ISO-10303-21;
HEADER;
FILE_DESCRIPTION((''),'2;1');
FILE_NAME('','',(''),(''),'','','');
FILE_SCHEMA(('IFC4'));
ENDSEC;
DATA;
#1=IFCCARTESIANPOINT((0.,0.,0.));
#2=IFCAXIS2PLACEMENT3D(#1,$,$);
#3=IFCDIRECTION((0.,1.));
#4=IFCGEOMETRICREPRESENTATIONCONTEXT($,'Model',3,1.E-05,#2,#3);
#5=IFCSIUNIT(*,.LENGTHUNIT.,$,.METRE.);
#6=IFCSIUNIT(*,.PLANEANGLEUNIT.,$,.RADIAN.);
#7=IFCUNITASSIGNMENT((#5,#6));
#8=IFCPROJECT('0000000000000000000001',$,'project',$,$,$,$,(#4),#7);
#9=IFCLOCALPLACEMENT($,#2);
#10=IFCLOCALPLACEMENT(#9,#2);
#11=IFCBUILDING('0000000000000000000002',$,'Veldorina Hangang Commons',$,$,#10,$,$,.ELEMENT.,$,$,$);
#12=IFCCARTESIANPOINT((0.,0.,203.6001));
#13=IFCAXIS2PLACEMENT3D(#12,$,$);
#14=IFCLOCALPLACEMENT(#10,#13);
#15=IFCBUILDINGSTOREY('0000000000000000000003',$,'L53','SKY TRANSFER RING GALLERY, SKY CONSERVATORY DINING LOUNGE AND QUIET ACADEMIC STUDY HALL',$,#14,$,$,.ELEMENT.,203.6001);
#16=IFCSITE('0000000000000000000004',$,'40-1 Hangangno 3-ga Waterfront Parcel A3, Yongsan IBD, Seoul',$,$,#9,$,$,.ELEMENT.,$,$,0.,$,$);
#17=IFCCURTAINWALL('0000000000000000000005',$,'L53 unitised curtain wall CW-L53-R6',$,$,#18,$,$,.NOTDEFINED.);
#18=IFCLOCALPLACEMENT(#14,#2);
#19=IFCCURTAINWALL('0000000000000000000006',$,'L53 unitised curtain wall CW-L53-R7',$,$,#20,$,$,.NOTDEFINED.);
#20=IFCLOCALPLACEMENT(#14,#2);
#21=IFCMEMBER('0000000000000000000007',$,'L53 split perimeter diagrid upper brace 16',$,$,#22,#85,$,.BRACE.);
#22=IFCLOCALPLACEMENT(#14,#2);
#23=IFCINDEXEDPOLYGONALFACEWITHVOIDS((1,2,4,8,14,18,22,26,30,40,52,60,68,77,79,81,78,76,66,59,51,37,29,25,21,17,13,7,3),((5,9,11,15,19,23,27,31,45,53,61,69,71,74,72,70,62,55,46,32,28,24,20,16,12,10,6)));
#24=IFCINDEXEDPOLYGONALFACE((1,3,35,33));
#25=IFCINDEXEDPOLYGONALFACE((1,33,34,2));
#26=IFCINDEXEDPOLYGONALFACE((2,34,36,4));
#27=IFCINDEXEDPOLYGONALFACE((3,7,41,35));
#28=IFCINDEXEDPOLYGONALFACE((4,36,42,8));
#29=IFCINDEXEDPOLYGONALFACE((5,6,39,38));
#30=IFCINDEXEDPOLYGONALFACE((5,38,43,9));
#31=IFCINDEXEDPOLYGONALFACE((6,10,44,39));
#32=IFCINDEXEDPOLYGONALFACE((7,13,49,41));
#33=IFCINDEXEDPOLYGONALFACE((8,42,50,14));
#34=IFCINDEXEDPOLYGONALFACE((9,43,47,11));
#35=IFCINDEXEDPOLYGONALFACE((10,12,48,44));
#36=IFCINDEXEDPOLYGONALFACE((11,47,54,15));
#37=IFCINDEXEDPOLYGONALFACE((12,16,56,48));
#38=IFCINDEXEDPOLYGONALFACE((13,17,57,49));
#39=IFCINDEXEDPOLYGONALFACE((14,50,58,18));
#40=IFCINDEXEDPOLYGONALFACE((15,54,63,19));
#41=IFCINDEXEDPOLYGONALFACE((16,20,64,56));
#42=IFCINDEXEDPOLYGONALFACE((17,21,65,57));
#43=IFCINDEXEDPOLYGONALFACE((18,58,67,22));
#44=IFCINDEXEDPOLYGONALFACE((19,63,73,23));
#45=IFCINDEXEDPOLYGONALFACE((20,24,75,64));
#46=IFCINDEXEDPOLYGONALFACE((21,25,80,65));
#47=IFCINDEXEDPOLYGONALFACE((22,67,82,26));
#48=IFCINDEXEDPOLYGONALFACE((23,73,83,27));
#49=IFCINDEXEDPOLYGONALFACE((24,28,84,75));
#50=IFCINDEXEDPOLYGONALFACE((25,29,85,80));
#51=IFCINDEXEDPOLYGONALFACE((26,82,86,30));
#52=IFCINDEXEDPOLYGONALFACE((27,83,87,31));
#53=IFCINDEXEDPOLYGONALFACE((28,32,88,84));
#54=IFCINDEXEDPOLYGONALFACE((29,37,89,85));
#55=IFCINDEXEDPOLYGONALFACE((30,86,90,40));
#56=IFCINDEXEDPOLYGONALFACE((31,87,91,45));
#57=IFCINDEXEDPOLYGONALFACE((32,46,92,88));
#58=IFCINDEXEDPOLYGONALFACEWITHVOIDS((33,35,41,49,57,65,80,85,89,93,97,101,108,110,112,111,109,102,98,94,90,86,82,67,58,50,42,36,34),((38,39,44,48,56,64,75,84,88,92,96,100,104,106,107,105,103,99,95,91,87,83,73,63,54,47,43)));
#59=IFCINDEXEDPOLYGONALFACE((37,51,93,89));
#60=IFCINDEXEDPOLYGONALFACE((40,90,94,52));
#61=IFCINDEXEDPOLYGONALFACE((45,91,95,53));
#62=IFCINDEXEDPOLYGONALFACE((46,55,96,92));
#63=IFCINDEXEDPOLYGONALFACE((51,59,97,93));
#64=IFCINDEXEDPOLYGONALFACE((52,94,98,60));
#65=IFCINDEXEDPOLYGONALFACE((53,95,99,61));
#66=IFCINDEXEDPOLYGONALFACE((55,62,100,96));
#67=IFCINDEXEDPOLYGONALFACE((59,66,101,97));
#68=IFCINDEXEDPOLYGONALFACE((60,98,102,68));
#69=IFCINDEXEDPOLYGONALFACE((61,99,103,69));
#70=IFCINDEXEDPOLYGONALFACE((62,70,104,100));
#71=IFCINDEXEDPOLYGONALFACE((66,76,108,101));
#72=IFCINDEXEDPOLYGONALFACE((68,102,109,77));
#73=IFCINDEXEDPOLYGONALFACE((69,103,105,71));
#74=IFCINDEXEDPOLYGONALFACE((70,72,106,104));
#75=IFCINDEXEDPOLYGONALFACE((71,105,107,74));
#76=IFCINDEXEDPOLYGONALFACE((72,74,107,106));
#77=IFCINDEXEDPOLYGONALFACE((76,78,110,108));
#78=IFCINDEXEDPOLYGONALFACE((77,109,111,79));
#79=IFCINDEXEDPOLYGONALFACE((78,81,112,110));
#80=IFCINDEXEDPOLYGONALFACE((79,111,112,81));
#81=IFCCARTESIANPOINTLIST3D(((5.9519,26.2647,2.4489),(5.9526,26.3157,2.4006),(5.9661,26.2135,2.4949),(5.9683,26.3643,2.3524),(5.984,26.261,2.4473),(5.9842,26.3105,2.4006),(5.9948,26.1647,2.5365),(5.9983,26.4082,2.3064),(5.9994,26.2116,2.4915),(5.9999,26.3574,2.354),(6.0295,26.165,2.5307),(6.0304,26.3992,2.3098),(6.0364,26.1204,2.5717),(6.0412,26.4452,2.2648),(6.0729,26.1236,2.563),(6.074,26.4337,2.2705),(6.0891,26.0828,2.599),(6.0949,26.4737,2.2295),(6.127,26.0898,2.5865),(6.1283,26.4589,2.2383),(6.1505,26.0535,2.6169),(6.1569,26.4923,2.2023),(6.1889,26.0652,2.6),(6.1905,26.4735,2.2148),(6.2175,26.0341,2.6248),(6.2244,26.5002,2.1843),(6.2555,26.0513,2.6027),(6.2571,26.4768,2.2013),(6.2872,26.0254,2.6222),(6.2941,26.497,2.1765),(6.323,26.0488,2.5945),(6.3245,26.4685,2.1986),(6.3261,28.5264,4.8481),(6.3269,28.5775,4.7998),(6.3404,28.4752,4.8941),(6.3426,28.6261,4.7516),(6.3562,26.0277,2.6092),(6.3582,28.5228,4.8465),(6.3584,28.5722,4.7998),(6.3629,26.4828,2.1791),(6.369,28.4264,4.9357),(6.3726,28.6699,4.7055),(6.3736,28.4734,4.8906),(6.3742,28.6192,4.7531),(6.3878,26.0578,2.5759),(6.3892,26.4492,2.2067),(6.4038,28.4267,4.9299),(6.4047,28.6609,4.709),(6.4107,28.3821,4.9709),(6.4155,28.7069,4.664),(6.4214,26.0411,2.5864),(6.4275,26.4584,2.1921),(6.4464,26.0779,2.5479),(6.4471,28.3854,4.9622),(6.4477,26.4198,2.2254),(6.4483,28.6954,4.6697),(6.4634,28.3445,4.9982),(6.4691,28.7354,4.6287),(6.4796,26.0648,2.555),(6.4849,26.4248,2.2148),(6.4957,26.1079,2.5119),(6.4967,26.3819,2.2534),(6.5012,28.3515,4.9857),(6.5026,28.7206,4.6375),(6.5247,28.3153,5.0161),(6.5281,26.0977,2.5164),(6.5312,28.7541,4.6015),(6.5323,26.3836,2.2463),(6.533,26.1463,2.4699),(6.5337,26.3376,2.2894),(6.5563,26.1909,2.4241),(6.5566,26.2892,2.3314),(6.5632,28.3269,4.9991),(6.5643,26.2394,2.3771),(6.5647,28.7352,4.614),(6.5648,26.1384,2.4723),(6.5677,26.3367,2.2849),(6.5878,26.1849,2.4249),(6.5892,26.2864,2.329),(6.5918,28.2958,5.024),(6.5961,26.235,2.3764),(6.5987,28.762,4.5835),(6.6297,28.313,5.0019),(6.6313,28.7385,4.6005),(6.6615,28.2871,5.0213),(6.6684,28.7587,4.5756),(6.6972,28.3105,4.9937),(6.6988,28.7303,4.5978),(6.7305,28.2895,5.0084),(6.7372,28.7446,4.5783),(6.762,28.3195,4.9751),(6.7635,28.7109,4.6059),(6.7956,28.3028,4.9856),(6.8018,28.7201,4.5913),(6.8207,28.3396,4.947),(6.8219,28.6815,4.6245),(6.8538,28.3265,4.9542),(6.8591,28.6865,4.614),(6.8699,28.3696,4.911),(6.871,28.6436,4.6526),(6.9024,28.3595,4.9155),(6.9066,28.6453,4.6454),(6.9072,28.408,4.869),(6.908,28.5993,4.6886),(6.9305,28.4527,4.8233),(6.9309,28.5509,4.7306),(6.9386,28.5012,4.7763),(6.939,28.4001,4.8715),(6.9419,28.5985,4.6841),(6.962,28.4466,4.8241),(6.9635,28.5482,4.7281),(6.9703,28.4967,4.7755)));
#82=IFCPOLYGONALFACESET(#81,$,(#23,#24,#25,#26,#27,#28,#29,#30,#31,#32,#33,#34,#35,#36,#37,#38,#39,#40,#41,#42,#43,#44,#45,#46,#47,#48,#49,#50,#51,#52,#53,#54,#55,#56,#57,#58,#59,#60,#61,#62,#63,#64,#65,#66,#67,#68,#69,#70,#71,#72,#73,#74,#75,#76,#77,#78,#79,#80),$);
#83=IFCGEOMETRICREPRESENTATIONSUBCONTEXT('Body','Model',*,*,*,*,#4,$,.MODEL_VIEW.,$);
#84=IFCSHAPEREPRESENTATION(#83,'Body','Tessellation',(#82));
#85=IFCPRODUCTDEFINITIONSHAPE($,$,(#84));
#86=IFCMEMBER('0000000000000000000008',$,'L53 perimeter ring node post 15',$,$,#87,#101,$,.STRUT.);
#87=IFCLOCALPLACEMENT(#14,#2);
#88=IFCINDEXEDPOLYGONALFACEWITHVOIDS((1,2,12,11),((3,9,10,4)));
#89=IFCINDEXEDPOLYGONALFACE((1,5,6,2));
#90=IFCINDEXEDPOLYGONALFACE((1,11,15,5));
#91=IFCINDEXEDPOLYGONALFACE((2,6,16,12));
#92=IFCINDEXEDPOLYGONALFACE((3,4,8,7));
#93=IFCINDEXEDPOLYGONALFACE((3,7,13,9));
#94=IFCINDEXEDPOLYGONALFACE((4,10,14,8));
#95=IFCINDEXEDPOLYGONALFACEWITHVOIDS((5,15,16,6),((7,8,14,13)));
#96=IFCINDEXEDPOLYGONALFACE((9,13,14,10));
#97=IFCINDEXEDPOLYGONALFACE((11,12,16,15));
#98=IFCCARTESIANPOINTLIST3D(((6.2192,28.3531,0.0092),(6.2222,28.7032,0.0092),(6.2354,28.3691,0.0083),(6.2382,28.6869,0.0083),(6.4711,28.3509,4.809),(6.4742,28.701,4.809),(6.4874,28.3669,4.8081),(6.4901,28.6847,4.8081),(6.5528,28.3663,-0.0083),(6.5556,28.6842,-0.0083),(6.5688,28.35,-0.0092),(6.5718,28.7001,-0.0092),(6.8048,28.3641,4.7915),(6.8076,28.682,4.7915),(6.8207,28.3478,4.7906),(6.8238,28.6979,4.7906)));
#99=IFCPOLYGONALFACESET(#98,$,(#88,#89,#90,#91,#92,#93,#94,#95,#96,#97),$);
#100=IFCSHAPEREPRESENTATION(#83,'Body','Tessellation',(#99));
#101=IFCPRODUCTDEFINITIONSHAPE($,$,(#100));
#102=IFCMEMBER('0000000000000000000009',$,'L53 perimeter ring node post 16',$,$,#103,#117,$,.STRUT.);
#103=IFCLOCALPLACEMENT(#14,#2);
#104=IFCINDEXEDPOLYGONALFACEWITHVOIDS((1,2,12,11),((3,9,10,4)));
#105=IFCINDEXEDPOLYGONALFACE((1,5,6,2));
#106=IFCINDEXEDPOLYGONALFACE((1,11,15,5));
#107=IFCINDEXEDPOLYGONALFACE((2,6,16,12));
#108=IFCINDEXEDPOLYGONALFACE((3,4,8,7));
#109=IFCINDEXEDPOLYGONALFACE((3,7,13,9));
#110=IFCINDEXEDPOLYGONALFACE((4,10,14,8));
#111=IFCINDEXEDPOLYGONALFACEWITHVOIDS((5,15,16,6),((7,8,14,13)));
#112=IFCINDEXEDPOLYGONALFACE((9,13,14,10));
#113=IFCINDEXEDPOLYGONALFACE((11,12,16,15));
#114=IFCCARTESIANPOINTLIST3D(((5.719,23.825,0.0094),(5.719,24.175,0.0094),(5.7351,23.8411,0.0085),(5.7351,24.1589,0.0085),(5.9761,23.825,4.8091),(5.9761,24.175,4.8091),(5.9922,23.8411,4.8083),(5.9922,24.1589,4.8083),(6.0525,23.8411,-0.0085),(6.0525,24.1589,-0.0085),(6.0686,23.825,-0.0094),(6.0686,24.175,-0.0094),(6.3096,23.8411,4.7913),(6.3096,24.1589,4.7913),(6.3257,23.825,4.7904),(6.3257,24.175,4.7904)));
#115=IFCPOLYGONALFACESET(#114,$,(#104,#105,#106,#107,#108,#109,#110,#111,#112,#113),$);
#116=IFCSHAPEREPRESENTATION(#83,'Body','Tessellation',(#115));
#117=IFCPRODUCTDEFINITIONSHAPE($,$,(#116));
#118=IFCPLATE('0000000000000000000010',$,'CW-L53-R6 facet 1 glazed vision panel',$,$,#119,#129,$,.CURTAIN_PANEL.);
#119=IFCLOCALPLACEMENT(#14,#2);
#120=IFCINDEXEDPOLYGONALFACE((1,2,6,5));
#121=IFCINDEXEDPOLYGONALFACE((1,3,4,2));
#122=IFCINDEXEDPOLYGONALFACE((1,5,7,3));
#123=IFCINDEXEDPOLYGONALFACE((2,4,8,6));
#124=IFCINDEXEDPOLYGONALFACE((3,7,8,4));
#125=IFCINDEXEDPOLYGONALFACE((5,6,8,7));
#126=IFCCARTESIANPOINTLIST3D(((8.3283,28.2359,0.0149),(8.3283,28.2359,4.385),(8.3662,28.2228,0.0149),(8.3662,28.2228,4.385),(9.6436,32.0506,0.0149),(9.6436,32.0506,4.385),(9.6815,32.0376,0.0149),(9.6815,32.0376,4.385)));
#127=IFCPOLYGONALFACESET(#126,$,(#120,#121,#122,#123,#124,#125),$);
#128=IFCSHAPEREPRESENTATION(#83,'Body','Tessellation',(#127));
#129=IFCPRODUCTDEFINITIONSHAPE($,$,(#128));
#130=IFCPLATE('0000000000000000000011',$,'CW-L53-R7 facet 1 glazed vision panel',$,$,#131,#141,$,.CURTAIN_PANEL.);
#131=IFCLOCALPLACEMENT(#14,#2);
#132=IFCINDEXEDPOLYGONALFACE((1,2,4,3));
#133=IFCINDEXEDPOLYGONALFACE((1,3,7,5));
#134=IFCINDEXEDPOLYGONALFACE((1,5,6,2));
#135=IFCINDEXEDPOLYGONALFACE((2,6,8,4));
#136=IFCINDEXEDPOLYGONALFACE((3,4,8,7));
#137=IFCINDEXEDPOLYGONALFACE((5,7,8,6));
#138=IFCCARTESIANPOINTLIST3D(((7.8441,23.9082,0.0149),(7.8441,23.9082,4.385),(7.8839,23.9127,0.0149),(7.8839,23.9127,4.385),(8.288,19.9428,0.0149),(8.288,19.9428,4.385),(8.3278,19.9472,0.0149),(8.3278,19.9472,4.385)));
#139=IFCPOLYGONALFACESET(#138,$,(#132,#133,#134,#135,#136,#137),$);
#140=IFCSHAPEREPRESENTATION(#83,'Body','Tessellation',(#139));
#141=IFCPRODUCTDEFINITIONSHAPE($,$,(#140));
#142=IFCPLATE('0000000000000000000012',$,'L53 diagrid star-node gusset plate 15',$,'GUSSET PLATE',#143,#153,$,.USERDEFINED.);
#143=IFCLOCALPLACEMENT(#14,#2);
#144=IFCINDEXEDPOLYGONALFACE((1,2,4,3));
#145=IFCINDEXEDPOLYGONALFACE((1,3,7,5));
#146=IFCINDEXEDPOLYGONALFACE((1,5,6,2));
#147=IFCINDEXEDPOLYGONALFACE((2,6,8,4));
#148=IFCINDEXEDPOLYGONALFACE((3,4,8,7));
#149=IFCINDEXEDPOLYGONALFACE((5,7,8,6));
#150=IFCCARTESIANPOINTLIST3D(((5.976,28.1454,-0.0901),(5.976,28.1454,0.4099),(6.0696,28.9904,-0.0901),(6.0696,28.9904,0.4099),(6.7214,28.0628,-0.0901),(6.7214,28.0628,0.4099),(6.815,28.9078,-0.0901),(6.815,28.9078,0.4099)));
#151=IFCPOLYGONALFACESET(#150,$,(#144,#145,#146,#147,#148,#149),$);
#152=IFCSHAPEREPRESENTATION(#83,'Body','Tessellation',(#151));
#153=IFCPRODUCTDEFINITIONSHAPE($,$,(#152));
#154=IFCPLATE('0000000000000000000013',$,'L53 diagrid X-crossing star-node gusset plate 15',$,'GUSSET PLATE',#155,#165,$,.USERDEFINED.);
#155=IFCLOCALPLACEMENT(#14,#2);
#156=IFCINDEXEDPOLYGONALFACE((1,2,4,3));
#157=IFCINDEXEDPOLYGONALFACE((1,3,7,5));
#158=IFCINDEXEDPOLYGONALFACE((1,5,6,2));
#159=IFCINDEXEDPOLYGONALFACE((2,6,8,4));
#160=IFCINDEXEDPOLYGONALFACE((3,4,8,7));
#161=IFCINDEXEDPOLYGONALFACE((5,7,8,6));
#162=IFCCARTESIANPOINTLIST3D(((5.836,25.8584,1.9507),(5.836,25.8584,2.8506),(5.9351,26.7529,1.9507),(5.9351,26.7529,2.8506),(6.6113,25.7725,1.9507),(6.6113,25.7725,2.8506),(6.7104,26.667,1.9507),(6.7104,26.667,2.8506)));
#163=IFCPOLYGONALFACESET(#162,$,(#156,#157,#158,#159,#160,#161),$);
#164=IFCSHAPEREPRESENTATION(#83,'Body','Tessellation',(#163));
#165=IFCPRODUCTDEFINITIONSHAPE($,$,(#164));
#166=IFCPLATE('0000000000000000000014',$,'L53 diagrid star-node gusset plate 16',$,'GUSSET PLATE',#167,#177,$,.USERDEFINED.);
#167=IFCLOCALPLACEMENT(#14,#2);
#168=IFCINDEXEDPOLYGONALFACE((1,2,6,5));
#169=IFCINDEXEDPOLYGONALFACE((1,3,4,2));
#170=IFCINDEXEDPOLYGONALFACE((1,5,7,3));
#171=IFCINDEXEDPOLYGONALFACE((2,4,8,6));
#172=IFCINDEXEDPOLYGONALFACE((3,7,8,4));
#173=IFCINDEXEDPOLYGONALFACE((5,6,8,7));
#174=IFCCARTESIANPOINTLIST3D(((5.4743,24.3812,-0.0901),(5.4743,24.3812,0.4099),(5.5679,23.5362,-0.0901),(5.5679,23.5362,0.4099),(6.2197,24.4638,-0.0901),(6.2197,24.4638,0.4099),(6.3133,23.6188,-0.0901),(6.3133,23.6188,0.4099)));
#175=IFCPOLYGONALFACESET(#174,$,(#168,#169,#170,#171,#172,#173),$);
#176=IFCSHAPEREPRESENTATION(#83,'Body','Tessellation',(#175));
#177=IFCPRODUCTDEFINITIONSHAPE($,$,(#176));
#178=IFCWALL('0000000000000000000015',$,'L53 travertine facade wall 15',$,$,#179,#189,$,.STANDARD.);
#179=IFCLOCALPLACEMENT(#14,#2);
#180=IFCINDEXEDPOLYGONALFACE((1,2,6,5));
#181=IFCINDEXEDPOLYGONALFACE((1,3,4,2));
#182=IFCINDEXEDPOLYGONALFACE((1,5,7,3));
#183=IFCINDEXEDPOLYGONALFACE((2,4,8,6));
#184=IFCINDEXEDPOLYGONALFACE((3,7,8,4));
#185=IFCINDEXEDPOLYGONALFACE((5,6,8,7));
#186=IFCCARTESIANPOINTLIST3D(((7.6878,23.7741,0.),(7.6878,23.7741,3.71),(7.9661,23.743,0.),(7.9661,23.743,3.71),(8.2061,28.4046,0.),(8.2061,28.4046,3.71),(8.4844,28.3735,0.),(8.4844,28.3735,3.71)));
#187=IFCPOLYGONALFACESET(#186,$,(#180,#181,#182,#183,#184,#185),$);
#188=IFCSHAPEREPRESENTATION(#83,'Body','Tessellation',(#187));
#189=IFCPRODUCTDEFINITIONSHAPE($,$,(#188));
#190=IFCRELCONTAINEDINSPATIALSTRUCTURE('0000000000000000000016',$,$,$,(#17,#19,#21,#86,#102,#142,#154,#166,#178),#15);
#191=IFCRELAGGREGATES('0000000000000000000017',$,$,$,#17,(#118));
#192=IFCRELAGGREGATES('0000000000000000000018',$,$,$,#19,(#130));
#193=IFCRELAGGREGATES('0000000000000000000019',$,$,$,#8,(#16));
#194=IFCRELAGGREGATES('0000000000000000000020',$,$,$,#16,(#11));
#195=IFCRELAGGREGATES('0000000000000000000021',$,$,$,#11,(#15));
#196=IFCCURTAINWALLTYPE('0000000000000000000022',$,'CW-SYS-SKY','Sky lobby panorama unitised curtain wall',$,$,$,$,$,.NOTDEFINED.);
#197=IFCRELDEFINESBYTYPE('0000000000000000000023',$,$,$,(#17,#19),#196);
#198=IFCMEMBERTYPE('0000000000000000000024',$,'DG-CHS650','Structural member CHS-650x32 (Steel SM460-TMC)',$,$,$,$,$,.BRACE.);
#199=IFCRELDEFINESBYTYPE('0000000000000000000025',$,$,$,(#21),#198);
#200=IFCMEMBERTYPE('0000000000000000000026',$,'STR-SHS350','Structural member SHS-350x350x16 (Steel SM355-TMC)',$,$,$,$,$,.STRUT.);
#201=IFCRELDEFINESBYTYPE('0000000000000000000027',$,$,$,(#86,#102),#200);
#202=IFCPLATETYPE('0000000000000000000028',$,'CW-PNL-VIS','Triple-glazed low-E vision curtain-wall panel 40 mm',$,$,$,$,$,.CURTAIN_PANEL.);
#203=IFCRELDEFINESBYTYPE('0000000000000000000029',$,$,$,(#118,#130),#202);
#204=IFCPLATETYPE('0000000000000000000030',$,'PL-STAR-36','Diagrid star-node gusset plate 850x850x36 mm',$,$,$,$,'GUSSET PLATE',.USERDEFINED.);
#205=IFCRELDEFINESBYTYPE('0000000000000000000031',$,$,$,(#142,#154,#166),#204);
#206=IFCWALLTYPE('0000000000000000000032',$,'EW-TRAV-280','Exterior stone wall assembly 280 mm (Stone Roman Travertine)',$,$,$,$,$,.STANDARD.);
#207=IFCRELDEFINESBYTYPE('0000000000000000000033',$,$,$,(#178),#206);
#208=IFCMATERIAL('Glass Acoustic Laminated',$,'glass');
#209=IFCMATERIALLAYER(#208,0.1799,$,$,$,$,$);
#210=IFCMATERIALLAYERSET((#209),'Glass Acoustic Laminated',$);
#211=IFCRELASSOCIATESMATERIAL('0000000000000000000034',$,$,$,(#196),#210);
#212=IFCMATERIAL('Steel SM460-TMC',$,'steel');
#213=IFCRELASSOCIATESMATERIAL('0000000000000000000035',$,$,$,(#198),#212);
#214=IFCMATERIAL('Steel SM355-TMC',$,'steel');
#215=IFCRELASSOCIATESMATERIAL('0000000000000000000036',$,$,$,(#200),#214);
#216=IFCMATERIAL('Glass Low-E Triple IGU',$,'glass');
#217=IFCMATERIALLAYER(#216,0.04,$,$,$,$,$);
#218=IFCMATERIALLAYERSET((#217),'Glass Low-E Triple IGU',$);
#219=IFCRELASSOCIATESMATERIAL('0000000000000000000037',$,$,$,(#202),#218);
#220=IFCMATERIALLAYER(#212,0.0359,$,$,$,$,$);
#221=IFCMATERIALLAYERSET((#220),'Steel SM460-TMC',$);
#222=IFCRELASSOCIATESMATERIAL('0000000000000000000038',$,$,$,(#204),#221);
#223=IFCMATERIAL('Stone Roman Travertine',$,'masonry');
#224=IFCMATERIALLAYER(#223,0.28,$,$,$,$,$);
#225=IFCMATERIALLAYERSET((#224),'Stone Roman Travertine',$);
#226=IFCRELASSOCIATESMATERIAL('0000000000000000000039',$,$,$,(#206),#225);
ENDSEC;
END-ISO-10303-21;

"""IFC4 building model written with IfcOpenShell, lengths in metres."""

from ifc_helpers import new_model, si_unit, direction, frame, frame_2d, origin, origin_2d, place, context, subcontext, project, spatial, rectangle, hollow_rectangle, hollow_circle, extrude, material, layer, layer_set, material_profile, profile_set, type_object, element, aggregate, save


model = new_model("IFC4")

# Units and contexts
model_context = context("Model", 3, precision=1e-05, world=origin(), true_north=direction((0.0, 1.0)))
body_context = subcontext(model_context, "Body", "Model", "MODEL_VIEW")
ifc_project = project(units=[si_unit("LENGTHUNIT", "METRE"), si_unit("PLANEANGLEUNIT", "RADIAN")], contexts=[model_context])

# Site, building, storey
site_placement = place(None, origin())
site = spatial("IfcSite", under=ifc_project, at=site_placement, Name="40-1 Hangangno 3-ga Waterfront Parcel A3, Yongsan IBD, Seoul", CompositionType="ELEMENT", RefElevation=0.0)
building_placement = place(site_placement, origin())
building = spatial("IfcBuilding", under=site, at=building_placement, Name="Veldorina Hangang Commons", CompositionType="ELEMENT")
storey_placement = place(building_placement, frame((0.0, 0.0, 203.6001)))
storey = spatial("IfcBuildingStorey", under=building, at=storey_placement, Name="L53", Description="SKY TRANSFER RING GALLERY, SKY CONSERVATORY DINING LOUNGE AND QUIET ACADEMIC STUDY HALL", CompositionType="ELEMENT", Elevation=203.6001)

# Shared definitions
ifc_material_1 = material(Name="Steel SM355-TMC", Category="steel")

# Curtain wall
ifc_material_2 = material(Name="Glass Acoustic Laminated", Category="glass")
ifc_layer_1 = layer(ifc_material_2, 0.1799)
ifc_layer_set_1 = layer_set([ifc_layer_1], Name="Glass Acoustic Laminated")
curtain_wall_type = type_object("IfcCurtainWallType", Name="CW-SYS-SKY", Description="Sky lobby panorama unitised curtain wall", PredefinedType="NOTDEFINED", material=ifc_layer_set_1)
curtain_wall_1_placement = place(storey_placement, origin())
curtain_wall_1 = element("IfcCurtainWall", 1, at=curtain_wall_1_placement, inside=storey, type_object=curtain_wall_type, Name="L53 unitised curtain wall CW-L53-R6", PredefinedType="NOTDEFINED")

# Curtain wall
curtain_wall_2_placement = place(storey_placement, origin())
curtain_wall_2 = element("IfcCurtainWall", 2, at=curtain_wall_2_placement, inside=storey, type_object=curtain_wall_type, Name="L53 unitised curtain wall CW-L53-R7", PredefinedType="NOTDEFINED")

# Members
ifc_material_3 = material(Name="Steel SM460-TMC", Category="steel")
ifc_material_profile_1 = material_profile(ifc_material_3, hollow_circle(Radius=0.325, WallThickness=0.032, at=origin_2d()), Name="CHS-650x32")
ifc_profile_set_1 = profile_set([ifc_material_profile_1], Name="Steel SM460-TMC")
member_type_1 = type_object("IfcMemberType", Name="DG-CHS650", Description="Structural member CHS-650x32 (Steel SM460-TMC)", PredefinedType="BRACE", material=ifc_profile_set_1)
member_1_placement = place(storey_placement, frame((6.2732, 26.2627, 2.4006), z_axis=(0.112787, 0.681579, 0.723), x_axis=(-0.986583, 0.163259, 0.0)))
element("IfcMember", 3, at=member_1_placement, inside=storey, type_object=member_type_1, Name="L53 split perimeter diagrid upper brace 16", PredefinedType="BRACE", context=body_context, shape_type="SweptSolid", body=[
    extrude(hollow_circle(Radius=0.325, WallThickness=0.032, at=origin_2d()), origin(), (0.0, 0.0, 1.0), 3.3184),
])
ifc_material_profile_2 = material_profile(ifc_material_1, hollow_rectangle(XDim=0.3501, YDim=0.3501, WallThickness=0.0161, at=origin_2d()), Name="SHS-350x350x16")
ifc_profile_set_2 = profile_set([ifc_material_profile_2], Name="Steel SM355-TMC")
member_type_2 = type_object("IfcMemberType", Name="STR-SHS350", Description="Structural member SHS-350x350x16 (Steel SM355-TMC)", PredefinedType="STRUT", material=ifc_profile_set_2)
member_2_placement = place(storey_placement, frame((6.3955, 28.5266, 0.0), z_axis=(0.05242, -0.000457, 0.998625), x_axis=(0.008721, 0.999962, 0.0)))
element("IfcMember", 4, at=member_2_placement, inside=storey, type_object=member_type_2, Name="L53 perimeter ring node post 15", PredefinedType="STRUT", context=body_context, shape_type="SweptSolid", body=[
    extrude(hollow_rectangle(XDim=0.3501, YDim=0.3501, WallThickness=0.0161, at=origin_2d()), origin(), (0.0, 0.0, 1.0), 4.8064),
])
member_3_placement = place(storey_placement, frame((5.8938, 24.0, 0.0), z_axis=(0.053484, 0.0, 0.998569), x_axis=(0.0, 1.0, 0.0)))
element("IfcMember", 5, at=member_3_placement, inside=storey, type_object=member_type_2, Name="L53 perimeter ring node post 16", PredefinedType="STRUT", context=body_context, shape_type="SweptSolid", body=[
    extrude(hollow_rectangle(XDim=0.3501, YDim=0.3501, WallThickness=0.0161, at=origin_2d()), origin(), (0.0, 0.0, 1.0), 4.8066),
])

# Plates
ifc_material_4 = material(Name="Glass Low-E Triple IGU", Category="glass")
ifc_layer_2 = layer(ifc_material_4, 0.04)
ifc_layer_set_2 = layer_set([ifc_layer_2], Name="Glass Low-E Triple IGU")
plate_type_1 = type_object("IfcPlateType", Name="CW-PNL-VIS", Description="Triple-glazed low-E vision curtain-wall panel 40 mm", PredefinedType="CURTAIN_PANEL", material=ifc_layer_set_2)
plate_1_placement = place(storey_placement, frame((9.0049, 30.1367, 0.0149), z_axis=(0.0, 0.0, 1.0), x_axis=(-0.325964, -0.945382, 0.0)))
plate_1 = element("IfcPlate", 6, at=plate_1_placement, type_object=plate_type_1, Name="CW-L53-R6 facet 1 glazed vision panel", PredefinedType="CURTAIN_PANEL", context=body_context, shape_type="SweptSolid", body=[
    extrude(rectangle(XDim=4.0352, YDim=0.04, at=origin_2d()), origin(), (0.0, 0.0, 1.0), 4.3701),
])
aggregate(curtain_wall_1, [plate_1])
plate_2_placement = place(storey_placement, frame((8.0859, 21.9277, 0.0149), z_axis=(0.0, 0.0, 1.0), x_axis=(0.111261, -0.993791, 0.0)))
plate_2 = element("IfcPlate", 7, at=plate_2_placement, type_object=plate_type_1, Name="CW-L53-R7 facet 1 glazed vision panel", PredefinedType="CURTAIN_PANEL", context=body_context, shape_type="SweptSolid", body=[
    extrude(rectangle(XDim=3.9902, YDim=0.04, at=origin_2d()), origin(), (0.0, 0.0, 1.0), 4.3701),
])
aggregate(curtain_wall_2, [plate_2])

# Plates
ifc_layer_3 = layer(ifc_material_3, 0.0359)
ifc_layer_set_3 = layer_set([ifc_layer_3], Name="Steel SM460-TMC")
plate_type_2 = type_object("IfcPlateType", Name="PL-STAR-36", Description="Diagrid star-node gusset plate 850x850x36 mm", ElementType="GUSSET PLATE", PredefinedType="USERDEFINED", material=ifc_layer_set_3)
plate_3_placement = place(storey_placement, frame((6.3955, 28.5266, -0.0901), z_axis=(0.0, 0.0, 1.0), x_axis=(-0.110133, -0.993917, 0.0)))
element("IfcPlate", 8, at=plate_3_placement, inside=storey, type_object=plate_type_2, Name="L53 diagrid star-node gusset plate 15", ObjectType="GUSSET PLATE", PredefinedType="USERDEFINED", context=body_context, shape_type="SweptSolid", body=[
    extrude(rectangle(XDim=0.8501, YDim=0.75, at=origin_2d()), origin(), (0.0, 0.0, 1.0), 0.5),
])
plate_4_placement = place(storey_placement, frame((6.2732, 26.2627, 1.9507), z_axis=(0.0, 0.0, 1.0), x_axis=(-0.110133, -0.993917, 0.0)))
element("IfcPlate", 9, at=plate_4_placement, inside=storey, type_object=plate_type_2, Name="L53 diagrid X-crossing star-node gusset plate 15", ObjectType="GUSSET PLATE", PredefinedType="USERDEFINED", context=body_context, shape_type="SweptSolid", body=[
    extrude(rectangle(XDim=0.8999, YDim=0.78, at=origin_2d()), origin(), (0.0, 0.0, 1.0), 0.8999),
])
plate_5_placement = place(storey_placement, frame((5.8938, 24.0, -0.0901), z_axis=(0.0, 0.0, 1.0), x_axis=(0.110133, -0.993917, 0.0)))
element("IfcPlate", 10, at=plate_5_placement, inside=storey, type_object=plate_type_2, Name="L53 diagrid star-node gusset plate 16", ObjectType="GUSSET PLATE", PredefinedType="USERDEFINED", context=body_context, shape_type="SweptSolid", body=[
    extrude(rectangle(XDim=0.8501, YDim=0.75, at=origin_2d()), origin(), (0.0, 0.0, 1.0), 0.5),
])

# Wall
ifc_material_5 = material(Name="Stone Roman Travertine", Category="masonry")
ifc_layer_4 = layer(ifc_material_5, 0.28)
ifc_layer_set_4 = layer_set([ifc_layer_4], Name="Stone Roman Travertine")
wall_type_1 = type_object("IfcWallType", Name="EW-TRAV-280", Description="Exterior stone wall assembly 280 mm (Stone Roman Travertine)", PredefinedType="STANDARD", material=ifc_layer_set_4)
wall_1_placement = place(storey_placement, frame((8.3452, 28.3889, 0.0), z_axis=(0.0, 0.0, 1.0), x_axis=(-0.111237, -0.993794, 0.0)))
element("IfcWall", 11, at=wall_1_placement, inside=storey, type_object=wall_type_1, Name="L53 travertine facade wall 15", PredefinedType="STANDARD", context=body_context, shape_type="SweptSolid", body=[
    extrude(rectangle(XDim=4.6594, YDim=0.28, at=frame_2d((2.3296, 0.0))), origin(), (0.0, 0.0, 1.0), 3.71),
])

save(model, "model.ifc")
